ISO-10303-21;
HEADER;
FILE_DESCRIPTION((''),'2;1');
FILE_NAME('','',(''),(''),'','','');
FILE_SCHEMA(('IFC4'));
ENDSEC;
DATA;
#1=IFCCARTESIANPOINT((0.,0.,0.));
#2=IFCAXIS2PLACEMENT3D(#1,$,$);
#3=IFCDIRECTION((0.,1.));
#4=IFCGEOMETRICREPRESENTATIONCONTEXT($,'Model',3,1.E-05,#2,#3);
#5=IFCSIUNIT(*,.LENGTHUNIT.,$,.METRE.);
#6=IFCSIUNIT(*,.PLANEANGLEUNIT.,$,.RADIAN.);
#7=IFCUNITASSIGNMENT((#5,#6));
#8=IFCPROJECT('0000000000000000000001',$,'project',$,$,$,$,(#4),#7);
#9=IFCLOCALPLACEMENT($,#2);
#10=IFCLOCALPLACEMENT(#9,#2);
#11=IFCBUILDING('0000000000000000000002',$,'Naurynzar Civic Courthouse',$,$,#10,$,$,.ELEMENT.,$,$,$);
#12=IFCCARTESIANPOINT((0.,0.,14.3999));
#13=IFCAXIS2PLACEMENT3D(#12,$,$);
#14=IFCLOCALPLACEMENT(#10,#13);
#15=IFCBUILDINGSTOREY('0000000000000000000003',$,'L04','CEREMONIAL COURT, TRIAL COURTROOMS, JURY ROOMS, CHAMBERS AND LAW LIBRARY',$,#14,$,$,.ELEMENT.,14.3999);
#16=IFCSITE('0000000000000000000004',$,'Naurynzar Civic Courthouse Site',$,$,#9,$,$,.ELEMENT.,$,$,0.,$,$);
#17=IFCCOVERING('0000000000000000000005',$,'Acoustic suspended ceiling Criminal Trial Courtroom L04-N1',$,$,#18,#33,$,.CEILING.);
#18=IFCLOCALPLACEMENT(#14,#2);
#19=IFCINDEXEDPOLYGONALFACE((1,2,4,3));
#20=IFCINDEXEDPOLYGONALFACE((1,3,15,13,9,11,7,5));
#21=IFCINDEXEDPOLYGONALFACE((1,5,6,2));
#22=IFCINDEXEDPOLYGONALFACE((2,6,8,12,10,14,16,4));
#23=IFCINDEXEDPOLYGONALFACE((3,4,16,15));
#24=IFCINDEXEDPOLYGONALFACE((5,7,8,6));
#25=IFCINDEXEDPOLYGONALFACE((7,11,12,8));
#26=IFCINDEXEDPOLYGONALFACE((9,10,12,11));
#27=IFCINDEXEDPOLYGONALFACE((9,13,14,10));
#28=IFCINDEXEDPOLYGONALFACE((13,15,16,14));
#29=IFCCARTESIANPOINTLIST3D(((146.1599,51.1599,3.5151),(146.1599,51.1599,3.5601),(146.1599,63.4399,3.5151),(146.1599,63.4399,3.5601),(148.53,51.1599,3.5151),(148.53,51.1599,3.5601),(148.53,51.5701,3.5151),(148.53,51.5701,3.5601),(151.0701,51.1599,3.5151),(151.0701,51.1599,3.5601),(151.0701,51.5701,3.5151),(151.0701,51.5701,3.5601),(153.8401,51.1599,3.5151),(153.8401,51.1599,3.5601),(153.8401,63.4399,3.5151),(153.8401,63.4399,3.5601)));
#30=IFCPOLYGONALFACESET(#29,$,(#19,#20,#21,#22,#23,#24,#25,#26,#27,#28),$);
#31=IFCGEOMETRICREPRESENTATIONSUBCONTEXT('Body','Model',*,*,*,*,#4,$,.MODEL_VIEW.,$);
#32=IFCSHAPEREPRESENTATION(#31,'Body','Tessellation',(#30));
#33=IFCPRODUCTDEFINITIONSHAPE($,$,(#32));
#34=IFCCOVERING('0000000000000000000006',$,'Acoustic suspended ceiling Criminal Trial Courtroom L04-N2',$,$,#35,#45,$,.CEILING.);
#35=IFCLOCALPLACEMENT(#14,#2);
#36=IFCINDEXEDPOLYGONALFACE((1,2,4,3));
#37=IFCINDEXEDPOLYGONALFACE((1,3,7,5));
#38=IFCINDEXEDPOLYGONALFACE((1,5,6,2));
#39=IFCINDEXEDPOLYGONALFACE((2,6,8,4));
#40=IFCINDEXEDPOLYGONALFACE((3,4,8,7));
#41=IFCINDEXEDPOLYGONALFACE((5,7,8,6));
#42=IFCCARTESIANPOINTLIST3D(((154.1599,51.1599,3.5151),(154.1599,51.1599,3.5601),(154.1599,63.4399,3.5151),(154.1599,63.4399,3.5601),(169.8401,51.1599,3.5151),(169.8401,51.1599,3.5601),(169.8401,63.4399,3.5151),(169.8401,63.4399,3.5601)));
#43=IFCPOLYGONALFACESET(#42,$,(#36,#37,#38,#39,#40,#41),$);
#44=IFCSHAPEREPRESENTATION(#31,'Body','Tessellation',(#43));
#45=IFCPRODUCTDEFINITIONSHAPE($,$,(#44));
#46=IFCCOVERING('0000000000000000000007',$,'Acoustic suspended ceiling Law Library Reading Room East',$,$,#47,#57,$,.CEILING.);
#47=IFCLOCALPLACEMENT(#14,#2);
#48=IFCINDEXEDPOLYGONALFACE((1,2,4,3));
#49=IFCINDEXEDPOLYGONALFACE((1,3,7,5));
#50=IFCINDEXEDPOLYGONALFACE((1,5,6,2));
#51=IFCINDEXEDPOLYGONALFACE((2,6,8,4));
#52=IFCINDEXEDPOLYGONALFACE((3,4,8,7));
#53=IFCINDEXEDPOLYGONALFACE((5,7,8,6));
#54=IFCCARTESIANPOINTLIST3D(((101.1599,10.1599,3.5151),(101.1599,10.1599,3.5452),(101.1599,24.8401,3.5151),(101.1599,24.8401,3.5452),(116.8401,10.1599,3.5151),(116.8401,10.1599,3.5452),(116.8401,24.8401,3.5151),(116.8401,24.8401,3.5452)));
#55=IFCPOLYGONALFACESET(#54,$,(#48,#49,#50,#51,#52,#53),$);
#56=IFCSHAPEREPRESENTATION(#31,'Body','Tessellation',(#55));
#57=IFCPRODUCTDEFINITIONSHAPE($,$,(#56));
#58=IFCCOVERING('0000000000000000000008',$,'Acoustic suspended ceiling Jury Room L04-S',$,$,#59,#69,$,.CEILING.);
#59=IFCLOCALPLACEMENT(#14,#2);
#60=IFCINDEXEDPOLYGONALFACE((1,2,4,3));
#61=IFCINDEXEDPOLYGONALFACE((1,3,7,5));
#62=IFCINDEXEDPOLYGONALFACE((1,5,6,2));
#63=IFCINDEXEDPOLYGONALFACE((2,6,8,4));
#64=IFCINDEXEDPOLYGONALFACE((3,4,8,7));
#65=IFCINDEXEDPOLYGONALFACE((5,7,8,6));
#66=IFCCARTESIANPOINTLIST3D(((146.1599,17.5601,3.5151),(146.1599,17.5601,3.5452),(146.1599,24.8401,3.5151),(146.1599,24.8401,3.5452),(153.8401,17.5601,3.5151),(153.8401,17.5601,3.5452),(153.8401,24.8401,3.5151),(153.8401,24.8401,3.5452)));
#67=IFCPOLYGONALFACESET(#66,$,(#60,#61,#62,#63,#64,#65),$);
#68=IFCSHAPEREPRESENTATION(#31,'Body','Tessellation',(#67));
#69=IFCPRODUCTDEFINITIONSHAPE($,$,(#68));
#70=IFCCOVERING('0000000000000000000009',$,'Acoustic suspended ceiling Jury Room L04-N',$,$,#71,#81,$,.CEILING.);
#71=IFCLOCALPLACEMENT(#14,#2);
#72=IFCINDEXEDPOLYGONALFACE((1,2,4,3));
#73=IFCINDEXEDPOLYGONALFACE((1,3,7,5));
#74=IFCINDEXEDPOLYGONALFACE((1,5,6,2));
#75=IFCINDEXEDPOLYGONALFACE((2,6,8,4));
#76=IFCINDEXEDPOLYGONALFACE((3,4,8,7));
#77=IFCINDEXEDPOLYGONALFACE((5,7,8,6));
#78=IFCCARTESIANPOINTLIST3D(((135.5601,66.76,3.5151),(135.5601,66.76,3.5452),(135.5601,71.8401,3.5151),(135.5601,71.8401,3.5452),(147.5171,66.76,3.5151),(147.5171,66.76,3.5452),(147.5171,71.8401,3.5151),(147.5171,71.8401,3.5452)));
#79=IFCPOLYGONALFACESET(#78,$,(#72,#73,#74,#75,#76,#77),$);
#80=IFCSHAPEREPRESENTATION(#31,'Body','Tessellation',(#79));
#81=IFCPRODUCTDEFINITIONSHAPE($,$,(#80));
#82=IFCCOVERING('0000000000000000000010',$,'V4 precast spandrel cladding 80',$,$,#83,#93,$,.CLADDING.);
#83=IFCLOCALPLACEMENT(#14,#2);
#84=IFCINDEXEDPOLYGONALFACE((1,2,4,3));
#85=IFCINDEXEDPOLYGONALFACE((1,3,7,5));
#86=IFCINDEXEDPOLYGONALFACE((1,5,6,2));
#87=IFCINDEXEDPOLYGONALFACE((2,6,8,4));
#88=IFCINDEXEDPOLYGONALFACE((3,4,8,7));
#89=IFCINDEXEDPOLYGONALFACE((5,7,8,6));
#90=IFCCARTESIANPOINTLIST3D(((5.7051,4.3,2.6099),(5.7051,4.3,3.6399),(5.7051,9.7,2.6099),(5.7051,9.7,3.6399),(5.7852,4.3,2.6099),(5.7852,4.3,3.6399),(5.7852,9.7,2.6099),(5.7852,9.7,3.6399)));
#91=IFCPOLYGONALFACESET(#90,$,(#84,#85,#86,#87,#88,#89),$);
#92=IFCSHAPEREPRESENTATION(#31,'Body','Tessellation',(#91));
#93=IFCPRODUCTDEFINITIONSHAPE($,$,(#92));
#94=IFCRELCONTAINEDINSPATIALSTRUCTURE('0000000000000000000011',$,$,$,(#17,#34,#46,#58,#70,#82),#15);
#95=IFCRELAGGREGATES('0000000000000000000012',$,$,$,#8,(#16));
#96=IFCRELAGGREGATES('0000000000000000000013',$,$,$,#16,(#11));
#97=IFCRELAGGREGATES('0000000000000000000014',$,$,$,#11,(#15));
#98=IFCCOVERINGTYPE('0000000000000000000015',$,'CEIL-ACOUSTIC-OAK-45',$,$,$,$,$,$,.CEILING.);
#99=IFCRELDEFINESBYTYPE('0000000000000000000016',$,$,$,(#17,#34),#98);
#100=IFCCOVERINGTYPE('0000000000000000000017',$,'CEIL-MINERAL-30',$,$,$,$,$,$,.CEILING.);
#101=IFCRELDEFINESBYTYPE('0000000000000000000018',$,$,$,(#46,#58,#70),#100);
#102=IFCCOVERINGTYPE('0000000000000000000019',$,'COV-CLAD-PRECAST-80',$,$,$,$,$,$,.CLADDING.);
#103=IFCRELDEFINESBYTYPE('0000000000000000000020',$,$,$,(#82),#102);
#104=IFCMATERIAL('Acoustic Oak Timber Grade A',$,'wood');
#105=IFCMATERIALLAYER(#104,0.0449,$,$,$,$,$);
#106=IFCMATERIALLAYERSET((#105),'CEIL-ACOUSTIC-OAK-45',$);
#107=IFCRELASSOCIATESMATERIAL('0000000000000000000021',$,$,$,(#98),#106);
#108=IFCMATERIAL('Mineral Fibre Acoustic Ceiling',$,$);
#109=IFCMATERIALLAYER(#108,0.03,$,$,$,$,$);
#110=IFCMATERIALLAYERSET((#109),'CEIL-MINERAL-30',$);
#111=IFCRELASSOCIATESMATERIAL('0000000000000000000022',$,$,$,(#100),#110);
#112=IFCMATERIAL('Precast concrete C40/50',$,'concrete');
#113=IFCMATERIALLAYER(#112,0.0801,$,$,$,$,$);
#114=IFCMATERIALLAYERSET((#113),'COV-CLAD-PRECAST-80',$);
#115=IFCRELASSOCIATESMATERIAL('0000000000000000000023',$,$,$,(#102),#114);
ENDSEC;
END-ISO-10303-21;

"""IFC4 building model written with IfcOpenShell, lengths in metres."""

from ifc_helpers import new_model, si_unit, direction, frame, origin, origin_2d, place, context, subcontext, project, spatial, polyline, rectangle, outline, extrude, material, layer, layer_set, type_object, element, save


model = new_model("IFC4")

# Units and contexts
model_context = context("Model", 3, precision=1e-05, world=origin(), true_north=direction((0.0, 1.0)))
body_context = subcontext(model_context, "Body", "Model", "MODEL_VIEW")
ifc_project = project(units=[si_unit("LENGTHUNIT", "METRE"), si_unit("PLANEANGLEUNIT", "RADIAN")], contexts=[model_context])

# Site, building, storey
site_placement = place(None, origin())
site = spatial("IfcSite", under=ifc_project, at=site_placement, Name="Naurynzar Civic Courthouse Site", CompositionType="ELEMENT", RefElevation=0.0)
building_placement = place(site_placement, origin())
building = spatial("IfcBuilding", under=site, at=building_placement, Name="Naurynzar Civic Courthouse", CompositionType="ELEMENT")
storey_placement = place(building_placement, frame((0.0, 0.0, 14.3999)))
storey = spatial("IfcBuildingStorey", under=building, at=storey_placement, Name="L04", Description="CEREMONIAL COURT, TRIAL COURTROOMS, JURY ROOMS, CHAMBERS AND LAW LIBRARY", CompositionType="ELEMENT", Elevation=14.3999)

# Coverings
ifc_material_1 = material(Name="Acoustic Oak Timber Grade A", Category="wood")
ifc_layer_1 = layer(ifc_material_1, 0.0449)
ifc_layer_set_1 = layer_set([ifc_layer_1], Name="CEIL-ACOUSTIC-OAK-45")
covering_type_1 = type_object("IfcCoveringType", Name="CEIL-ACOUSTIC-OAK-45", PredefinedType="CEILING", material=ifc_layer_set_1)
covering_1_placement = place(storey_placement, frame((0.0, 0.0, 3.5151)))
element("IfcCovering", 1, at=covering_1_placement, inside=storey, type_object=covering_type_1, Name="Acoustic suspended ceiling Criminal Trial Courtroom L04-N1", PredefinedType="CEILING", context=body_context, shape_type="SweptSolid", body=[
    extrude(outline(polyline([(151.0701, 51.1599), (151.0701, 51.5701), (148.53, 51.5701), (148.53, 51.1599), (146.1599, 51.1599), (146.1599, 63.4399), (153.8401, 63.4399), (153.8401, 51.1599), (151.0701, 51.1599)])), origin(), (0.0, 0.0, 1.0), 0.0449),
])
covering_2_placement = place(storey_placement, frame((0.0, 0.0, 3.5151)))
element("IfcCovering", 2, at=covering_2_placement, inside=storey, type_object=covering_type_1, Name="Acoustic suspended ceiling Criminal Trial Courtroom L04-N2", PredefinedType="CEILING", context=body_context, shape_type="SweptSolid", body=[
    extrude(outline(polyline([(154.1599, 51.1599), (154.1599, 63.4399), (169.8401, 63.4399), (169.8401, 51.1599), (154.1599, 51.1599)])), origin(), (0.0, 0.0, 1.0), 0.0449),
])
ifc_material_2 = material(Name="Mineral Fibre Acoustic Ceiling")
ifc_layer_2 = layer(ifc_material_2, 0.03)
ifc_layer_set_2 = layer_set([ifc_layer_2], Name="CEIL-MINERAL-30")
covering_type_2 = type_object("IfcCoveringType", Name="CEIL-MINERAL-30", PredefinedType="CEILING", material=ifc_layer_set_2)
covering_3_placement = place(storey_placement, frame((0.0, 0.0, 3.5151)))
element("IfcCovering", 3, at=covering_3_placement, inside=storey, type_object=covering_type_2, Name="Acoustic suspended ceiling Law Library Reading Room East", PredefinedType="CEILING", context=body_context, shape_type="SweptSolid", body=[
    extrude(outline(polyline([(101.1599, 10.1599), (101.1599, 24.8401), (116.8401, 24.8401), (116.8401, 10.1599), (101.1599, 10.1599)])), origin(), (0.0, 0.0, 1.0), 0.03),
])
covering_4_placement = place(storey_placement, frame((0.0, 0.0, 3.5151)))
element("IfcCovering", 4, at=covering_4_placement, inside=storey, type_object=covering_type_2, Name="Acoustic suspended ceiling Jury Room L04-S", PredefinedType="CEILING", context=body_context, shape_type="SweptSolid", body=[
    extrude(outline(polyline([(146.1599, 17.5601), (146.1599, 24.8401), (153.8401, 24.8401), (153.8401, 17.5601), (146.1599, 17.5601)])), origin(), (0.0, 0.0, 1.0), 0.03),
])
covering_5_placement = place(storey_placement, frame((0.0, 0.0, 3.5151)))
element("IfcCovering", 5, at=covering_5_placement, inside=storey, type_object=covering_type_2, Name="Acoustic suspended ceiling Jury Room L04-N", PredefinedType="CEILING", context=body_context, shape_type="SweptSolid", body=[
    extrude(outline(polyline([(135.5601, 66.76), (135.5601, 71.8401), (147.5171, 71.8401), (147.5171, 66.76), (135.5601, 66.76)])), origin(), (0.0, 0.0, 1.0), 0.03),
])
ifc_material_3 = material(Name="Precast concrete C40/50", Category="concrete")
ifc_layer_3 = layer(ifc_material_3, 0.0801)
ifc_layer_set_3 = layer_set([ifc_layer_3], Name="COV-CLAD-PRECAST-80")
covering_type_3 = type_object("IfcCoveringType", Name="COV-CLAD-PRECAST-80", PredefinedType="CLADDING", material=ifc_layer_set_3)
covering_6_placement = place(storey_placement, frame((5.7451, 7.0, 2.6099), z_axis=(0.0, 0.0, 1.0), x_axis=(0.0, 1.0, 0.0)))
element("IfcCovering", 6, at=covering_6_placement, inside=storey, type_object=covering_type_3, Name="V4 precast spandrel cladding 80", PredefinedType="CLADDING", context=body_context, shape_type="SweptSolid", body=[
    extrude(rectangle(XDim=5.3999, YDim=0.0801, at=origin_2d()), origin(), (0.0, 0.0, 1.0), 1.03),
])

save(model, "model.ifc")
